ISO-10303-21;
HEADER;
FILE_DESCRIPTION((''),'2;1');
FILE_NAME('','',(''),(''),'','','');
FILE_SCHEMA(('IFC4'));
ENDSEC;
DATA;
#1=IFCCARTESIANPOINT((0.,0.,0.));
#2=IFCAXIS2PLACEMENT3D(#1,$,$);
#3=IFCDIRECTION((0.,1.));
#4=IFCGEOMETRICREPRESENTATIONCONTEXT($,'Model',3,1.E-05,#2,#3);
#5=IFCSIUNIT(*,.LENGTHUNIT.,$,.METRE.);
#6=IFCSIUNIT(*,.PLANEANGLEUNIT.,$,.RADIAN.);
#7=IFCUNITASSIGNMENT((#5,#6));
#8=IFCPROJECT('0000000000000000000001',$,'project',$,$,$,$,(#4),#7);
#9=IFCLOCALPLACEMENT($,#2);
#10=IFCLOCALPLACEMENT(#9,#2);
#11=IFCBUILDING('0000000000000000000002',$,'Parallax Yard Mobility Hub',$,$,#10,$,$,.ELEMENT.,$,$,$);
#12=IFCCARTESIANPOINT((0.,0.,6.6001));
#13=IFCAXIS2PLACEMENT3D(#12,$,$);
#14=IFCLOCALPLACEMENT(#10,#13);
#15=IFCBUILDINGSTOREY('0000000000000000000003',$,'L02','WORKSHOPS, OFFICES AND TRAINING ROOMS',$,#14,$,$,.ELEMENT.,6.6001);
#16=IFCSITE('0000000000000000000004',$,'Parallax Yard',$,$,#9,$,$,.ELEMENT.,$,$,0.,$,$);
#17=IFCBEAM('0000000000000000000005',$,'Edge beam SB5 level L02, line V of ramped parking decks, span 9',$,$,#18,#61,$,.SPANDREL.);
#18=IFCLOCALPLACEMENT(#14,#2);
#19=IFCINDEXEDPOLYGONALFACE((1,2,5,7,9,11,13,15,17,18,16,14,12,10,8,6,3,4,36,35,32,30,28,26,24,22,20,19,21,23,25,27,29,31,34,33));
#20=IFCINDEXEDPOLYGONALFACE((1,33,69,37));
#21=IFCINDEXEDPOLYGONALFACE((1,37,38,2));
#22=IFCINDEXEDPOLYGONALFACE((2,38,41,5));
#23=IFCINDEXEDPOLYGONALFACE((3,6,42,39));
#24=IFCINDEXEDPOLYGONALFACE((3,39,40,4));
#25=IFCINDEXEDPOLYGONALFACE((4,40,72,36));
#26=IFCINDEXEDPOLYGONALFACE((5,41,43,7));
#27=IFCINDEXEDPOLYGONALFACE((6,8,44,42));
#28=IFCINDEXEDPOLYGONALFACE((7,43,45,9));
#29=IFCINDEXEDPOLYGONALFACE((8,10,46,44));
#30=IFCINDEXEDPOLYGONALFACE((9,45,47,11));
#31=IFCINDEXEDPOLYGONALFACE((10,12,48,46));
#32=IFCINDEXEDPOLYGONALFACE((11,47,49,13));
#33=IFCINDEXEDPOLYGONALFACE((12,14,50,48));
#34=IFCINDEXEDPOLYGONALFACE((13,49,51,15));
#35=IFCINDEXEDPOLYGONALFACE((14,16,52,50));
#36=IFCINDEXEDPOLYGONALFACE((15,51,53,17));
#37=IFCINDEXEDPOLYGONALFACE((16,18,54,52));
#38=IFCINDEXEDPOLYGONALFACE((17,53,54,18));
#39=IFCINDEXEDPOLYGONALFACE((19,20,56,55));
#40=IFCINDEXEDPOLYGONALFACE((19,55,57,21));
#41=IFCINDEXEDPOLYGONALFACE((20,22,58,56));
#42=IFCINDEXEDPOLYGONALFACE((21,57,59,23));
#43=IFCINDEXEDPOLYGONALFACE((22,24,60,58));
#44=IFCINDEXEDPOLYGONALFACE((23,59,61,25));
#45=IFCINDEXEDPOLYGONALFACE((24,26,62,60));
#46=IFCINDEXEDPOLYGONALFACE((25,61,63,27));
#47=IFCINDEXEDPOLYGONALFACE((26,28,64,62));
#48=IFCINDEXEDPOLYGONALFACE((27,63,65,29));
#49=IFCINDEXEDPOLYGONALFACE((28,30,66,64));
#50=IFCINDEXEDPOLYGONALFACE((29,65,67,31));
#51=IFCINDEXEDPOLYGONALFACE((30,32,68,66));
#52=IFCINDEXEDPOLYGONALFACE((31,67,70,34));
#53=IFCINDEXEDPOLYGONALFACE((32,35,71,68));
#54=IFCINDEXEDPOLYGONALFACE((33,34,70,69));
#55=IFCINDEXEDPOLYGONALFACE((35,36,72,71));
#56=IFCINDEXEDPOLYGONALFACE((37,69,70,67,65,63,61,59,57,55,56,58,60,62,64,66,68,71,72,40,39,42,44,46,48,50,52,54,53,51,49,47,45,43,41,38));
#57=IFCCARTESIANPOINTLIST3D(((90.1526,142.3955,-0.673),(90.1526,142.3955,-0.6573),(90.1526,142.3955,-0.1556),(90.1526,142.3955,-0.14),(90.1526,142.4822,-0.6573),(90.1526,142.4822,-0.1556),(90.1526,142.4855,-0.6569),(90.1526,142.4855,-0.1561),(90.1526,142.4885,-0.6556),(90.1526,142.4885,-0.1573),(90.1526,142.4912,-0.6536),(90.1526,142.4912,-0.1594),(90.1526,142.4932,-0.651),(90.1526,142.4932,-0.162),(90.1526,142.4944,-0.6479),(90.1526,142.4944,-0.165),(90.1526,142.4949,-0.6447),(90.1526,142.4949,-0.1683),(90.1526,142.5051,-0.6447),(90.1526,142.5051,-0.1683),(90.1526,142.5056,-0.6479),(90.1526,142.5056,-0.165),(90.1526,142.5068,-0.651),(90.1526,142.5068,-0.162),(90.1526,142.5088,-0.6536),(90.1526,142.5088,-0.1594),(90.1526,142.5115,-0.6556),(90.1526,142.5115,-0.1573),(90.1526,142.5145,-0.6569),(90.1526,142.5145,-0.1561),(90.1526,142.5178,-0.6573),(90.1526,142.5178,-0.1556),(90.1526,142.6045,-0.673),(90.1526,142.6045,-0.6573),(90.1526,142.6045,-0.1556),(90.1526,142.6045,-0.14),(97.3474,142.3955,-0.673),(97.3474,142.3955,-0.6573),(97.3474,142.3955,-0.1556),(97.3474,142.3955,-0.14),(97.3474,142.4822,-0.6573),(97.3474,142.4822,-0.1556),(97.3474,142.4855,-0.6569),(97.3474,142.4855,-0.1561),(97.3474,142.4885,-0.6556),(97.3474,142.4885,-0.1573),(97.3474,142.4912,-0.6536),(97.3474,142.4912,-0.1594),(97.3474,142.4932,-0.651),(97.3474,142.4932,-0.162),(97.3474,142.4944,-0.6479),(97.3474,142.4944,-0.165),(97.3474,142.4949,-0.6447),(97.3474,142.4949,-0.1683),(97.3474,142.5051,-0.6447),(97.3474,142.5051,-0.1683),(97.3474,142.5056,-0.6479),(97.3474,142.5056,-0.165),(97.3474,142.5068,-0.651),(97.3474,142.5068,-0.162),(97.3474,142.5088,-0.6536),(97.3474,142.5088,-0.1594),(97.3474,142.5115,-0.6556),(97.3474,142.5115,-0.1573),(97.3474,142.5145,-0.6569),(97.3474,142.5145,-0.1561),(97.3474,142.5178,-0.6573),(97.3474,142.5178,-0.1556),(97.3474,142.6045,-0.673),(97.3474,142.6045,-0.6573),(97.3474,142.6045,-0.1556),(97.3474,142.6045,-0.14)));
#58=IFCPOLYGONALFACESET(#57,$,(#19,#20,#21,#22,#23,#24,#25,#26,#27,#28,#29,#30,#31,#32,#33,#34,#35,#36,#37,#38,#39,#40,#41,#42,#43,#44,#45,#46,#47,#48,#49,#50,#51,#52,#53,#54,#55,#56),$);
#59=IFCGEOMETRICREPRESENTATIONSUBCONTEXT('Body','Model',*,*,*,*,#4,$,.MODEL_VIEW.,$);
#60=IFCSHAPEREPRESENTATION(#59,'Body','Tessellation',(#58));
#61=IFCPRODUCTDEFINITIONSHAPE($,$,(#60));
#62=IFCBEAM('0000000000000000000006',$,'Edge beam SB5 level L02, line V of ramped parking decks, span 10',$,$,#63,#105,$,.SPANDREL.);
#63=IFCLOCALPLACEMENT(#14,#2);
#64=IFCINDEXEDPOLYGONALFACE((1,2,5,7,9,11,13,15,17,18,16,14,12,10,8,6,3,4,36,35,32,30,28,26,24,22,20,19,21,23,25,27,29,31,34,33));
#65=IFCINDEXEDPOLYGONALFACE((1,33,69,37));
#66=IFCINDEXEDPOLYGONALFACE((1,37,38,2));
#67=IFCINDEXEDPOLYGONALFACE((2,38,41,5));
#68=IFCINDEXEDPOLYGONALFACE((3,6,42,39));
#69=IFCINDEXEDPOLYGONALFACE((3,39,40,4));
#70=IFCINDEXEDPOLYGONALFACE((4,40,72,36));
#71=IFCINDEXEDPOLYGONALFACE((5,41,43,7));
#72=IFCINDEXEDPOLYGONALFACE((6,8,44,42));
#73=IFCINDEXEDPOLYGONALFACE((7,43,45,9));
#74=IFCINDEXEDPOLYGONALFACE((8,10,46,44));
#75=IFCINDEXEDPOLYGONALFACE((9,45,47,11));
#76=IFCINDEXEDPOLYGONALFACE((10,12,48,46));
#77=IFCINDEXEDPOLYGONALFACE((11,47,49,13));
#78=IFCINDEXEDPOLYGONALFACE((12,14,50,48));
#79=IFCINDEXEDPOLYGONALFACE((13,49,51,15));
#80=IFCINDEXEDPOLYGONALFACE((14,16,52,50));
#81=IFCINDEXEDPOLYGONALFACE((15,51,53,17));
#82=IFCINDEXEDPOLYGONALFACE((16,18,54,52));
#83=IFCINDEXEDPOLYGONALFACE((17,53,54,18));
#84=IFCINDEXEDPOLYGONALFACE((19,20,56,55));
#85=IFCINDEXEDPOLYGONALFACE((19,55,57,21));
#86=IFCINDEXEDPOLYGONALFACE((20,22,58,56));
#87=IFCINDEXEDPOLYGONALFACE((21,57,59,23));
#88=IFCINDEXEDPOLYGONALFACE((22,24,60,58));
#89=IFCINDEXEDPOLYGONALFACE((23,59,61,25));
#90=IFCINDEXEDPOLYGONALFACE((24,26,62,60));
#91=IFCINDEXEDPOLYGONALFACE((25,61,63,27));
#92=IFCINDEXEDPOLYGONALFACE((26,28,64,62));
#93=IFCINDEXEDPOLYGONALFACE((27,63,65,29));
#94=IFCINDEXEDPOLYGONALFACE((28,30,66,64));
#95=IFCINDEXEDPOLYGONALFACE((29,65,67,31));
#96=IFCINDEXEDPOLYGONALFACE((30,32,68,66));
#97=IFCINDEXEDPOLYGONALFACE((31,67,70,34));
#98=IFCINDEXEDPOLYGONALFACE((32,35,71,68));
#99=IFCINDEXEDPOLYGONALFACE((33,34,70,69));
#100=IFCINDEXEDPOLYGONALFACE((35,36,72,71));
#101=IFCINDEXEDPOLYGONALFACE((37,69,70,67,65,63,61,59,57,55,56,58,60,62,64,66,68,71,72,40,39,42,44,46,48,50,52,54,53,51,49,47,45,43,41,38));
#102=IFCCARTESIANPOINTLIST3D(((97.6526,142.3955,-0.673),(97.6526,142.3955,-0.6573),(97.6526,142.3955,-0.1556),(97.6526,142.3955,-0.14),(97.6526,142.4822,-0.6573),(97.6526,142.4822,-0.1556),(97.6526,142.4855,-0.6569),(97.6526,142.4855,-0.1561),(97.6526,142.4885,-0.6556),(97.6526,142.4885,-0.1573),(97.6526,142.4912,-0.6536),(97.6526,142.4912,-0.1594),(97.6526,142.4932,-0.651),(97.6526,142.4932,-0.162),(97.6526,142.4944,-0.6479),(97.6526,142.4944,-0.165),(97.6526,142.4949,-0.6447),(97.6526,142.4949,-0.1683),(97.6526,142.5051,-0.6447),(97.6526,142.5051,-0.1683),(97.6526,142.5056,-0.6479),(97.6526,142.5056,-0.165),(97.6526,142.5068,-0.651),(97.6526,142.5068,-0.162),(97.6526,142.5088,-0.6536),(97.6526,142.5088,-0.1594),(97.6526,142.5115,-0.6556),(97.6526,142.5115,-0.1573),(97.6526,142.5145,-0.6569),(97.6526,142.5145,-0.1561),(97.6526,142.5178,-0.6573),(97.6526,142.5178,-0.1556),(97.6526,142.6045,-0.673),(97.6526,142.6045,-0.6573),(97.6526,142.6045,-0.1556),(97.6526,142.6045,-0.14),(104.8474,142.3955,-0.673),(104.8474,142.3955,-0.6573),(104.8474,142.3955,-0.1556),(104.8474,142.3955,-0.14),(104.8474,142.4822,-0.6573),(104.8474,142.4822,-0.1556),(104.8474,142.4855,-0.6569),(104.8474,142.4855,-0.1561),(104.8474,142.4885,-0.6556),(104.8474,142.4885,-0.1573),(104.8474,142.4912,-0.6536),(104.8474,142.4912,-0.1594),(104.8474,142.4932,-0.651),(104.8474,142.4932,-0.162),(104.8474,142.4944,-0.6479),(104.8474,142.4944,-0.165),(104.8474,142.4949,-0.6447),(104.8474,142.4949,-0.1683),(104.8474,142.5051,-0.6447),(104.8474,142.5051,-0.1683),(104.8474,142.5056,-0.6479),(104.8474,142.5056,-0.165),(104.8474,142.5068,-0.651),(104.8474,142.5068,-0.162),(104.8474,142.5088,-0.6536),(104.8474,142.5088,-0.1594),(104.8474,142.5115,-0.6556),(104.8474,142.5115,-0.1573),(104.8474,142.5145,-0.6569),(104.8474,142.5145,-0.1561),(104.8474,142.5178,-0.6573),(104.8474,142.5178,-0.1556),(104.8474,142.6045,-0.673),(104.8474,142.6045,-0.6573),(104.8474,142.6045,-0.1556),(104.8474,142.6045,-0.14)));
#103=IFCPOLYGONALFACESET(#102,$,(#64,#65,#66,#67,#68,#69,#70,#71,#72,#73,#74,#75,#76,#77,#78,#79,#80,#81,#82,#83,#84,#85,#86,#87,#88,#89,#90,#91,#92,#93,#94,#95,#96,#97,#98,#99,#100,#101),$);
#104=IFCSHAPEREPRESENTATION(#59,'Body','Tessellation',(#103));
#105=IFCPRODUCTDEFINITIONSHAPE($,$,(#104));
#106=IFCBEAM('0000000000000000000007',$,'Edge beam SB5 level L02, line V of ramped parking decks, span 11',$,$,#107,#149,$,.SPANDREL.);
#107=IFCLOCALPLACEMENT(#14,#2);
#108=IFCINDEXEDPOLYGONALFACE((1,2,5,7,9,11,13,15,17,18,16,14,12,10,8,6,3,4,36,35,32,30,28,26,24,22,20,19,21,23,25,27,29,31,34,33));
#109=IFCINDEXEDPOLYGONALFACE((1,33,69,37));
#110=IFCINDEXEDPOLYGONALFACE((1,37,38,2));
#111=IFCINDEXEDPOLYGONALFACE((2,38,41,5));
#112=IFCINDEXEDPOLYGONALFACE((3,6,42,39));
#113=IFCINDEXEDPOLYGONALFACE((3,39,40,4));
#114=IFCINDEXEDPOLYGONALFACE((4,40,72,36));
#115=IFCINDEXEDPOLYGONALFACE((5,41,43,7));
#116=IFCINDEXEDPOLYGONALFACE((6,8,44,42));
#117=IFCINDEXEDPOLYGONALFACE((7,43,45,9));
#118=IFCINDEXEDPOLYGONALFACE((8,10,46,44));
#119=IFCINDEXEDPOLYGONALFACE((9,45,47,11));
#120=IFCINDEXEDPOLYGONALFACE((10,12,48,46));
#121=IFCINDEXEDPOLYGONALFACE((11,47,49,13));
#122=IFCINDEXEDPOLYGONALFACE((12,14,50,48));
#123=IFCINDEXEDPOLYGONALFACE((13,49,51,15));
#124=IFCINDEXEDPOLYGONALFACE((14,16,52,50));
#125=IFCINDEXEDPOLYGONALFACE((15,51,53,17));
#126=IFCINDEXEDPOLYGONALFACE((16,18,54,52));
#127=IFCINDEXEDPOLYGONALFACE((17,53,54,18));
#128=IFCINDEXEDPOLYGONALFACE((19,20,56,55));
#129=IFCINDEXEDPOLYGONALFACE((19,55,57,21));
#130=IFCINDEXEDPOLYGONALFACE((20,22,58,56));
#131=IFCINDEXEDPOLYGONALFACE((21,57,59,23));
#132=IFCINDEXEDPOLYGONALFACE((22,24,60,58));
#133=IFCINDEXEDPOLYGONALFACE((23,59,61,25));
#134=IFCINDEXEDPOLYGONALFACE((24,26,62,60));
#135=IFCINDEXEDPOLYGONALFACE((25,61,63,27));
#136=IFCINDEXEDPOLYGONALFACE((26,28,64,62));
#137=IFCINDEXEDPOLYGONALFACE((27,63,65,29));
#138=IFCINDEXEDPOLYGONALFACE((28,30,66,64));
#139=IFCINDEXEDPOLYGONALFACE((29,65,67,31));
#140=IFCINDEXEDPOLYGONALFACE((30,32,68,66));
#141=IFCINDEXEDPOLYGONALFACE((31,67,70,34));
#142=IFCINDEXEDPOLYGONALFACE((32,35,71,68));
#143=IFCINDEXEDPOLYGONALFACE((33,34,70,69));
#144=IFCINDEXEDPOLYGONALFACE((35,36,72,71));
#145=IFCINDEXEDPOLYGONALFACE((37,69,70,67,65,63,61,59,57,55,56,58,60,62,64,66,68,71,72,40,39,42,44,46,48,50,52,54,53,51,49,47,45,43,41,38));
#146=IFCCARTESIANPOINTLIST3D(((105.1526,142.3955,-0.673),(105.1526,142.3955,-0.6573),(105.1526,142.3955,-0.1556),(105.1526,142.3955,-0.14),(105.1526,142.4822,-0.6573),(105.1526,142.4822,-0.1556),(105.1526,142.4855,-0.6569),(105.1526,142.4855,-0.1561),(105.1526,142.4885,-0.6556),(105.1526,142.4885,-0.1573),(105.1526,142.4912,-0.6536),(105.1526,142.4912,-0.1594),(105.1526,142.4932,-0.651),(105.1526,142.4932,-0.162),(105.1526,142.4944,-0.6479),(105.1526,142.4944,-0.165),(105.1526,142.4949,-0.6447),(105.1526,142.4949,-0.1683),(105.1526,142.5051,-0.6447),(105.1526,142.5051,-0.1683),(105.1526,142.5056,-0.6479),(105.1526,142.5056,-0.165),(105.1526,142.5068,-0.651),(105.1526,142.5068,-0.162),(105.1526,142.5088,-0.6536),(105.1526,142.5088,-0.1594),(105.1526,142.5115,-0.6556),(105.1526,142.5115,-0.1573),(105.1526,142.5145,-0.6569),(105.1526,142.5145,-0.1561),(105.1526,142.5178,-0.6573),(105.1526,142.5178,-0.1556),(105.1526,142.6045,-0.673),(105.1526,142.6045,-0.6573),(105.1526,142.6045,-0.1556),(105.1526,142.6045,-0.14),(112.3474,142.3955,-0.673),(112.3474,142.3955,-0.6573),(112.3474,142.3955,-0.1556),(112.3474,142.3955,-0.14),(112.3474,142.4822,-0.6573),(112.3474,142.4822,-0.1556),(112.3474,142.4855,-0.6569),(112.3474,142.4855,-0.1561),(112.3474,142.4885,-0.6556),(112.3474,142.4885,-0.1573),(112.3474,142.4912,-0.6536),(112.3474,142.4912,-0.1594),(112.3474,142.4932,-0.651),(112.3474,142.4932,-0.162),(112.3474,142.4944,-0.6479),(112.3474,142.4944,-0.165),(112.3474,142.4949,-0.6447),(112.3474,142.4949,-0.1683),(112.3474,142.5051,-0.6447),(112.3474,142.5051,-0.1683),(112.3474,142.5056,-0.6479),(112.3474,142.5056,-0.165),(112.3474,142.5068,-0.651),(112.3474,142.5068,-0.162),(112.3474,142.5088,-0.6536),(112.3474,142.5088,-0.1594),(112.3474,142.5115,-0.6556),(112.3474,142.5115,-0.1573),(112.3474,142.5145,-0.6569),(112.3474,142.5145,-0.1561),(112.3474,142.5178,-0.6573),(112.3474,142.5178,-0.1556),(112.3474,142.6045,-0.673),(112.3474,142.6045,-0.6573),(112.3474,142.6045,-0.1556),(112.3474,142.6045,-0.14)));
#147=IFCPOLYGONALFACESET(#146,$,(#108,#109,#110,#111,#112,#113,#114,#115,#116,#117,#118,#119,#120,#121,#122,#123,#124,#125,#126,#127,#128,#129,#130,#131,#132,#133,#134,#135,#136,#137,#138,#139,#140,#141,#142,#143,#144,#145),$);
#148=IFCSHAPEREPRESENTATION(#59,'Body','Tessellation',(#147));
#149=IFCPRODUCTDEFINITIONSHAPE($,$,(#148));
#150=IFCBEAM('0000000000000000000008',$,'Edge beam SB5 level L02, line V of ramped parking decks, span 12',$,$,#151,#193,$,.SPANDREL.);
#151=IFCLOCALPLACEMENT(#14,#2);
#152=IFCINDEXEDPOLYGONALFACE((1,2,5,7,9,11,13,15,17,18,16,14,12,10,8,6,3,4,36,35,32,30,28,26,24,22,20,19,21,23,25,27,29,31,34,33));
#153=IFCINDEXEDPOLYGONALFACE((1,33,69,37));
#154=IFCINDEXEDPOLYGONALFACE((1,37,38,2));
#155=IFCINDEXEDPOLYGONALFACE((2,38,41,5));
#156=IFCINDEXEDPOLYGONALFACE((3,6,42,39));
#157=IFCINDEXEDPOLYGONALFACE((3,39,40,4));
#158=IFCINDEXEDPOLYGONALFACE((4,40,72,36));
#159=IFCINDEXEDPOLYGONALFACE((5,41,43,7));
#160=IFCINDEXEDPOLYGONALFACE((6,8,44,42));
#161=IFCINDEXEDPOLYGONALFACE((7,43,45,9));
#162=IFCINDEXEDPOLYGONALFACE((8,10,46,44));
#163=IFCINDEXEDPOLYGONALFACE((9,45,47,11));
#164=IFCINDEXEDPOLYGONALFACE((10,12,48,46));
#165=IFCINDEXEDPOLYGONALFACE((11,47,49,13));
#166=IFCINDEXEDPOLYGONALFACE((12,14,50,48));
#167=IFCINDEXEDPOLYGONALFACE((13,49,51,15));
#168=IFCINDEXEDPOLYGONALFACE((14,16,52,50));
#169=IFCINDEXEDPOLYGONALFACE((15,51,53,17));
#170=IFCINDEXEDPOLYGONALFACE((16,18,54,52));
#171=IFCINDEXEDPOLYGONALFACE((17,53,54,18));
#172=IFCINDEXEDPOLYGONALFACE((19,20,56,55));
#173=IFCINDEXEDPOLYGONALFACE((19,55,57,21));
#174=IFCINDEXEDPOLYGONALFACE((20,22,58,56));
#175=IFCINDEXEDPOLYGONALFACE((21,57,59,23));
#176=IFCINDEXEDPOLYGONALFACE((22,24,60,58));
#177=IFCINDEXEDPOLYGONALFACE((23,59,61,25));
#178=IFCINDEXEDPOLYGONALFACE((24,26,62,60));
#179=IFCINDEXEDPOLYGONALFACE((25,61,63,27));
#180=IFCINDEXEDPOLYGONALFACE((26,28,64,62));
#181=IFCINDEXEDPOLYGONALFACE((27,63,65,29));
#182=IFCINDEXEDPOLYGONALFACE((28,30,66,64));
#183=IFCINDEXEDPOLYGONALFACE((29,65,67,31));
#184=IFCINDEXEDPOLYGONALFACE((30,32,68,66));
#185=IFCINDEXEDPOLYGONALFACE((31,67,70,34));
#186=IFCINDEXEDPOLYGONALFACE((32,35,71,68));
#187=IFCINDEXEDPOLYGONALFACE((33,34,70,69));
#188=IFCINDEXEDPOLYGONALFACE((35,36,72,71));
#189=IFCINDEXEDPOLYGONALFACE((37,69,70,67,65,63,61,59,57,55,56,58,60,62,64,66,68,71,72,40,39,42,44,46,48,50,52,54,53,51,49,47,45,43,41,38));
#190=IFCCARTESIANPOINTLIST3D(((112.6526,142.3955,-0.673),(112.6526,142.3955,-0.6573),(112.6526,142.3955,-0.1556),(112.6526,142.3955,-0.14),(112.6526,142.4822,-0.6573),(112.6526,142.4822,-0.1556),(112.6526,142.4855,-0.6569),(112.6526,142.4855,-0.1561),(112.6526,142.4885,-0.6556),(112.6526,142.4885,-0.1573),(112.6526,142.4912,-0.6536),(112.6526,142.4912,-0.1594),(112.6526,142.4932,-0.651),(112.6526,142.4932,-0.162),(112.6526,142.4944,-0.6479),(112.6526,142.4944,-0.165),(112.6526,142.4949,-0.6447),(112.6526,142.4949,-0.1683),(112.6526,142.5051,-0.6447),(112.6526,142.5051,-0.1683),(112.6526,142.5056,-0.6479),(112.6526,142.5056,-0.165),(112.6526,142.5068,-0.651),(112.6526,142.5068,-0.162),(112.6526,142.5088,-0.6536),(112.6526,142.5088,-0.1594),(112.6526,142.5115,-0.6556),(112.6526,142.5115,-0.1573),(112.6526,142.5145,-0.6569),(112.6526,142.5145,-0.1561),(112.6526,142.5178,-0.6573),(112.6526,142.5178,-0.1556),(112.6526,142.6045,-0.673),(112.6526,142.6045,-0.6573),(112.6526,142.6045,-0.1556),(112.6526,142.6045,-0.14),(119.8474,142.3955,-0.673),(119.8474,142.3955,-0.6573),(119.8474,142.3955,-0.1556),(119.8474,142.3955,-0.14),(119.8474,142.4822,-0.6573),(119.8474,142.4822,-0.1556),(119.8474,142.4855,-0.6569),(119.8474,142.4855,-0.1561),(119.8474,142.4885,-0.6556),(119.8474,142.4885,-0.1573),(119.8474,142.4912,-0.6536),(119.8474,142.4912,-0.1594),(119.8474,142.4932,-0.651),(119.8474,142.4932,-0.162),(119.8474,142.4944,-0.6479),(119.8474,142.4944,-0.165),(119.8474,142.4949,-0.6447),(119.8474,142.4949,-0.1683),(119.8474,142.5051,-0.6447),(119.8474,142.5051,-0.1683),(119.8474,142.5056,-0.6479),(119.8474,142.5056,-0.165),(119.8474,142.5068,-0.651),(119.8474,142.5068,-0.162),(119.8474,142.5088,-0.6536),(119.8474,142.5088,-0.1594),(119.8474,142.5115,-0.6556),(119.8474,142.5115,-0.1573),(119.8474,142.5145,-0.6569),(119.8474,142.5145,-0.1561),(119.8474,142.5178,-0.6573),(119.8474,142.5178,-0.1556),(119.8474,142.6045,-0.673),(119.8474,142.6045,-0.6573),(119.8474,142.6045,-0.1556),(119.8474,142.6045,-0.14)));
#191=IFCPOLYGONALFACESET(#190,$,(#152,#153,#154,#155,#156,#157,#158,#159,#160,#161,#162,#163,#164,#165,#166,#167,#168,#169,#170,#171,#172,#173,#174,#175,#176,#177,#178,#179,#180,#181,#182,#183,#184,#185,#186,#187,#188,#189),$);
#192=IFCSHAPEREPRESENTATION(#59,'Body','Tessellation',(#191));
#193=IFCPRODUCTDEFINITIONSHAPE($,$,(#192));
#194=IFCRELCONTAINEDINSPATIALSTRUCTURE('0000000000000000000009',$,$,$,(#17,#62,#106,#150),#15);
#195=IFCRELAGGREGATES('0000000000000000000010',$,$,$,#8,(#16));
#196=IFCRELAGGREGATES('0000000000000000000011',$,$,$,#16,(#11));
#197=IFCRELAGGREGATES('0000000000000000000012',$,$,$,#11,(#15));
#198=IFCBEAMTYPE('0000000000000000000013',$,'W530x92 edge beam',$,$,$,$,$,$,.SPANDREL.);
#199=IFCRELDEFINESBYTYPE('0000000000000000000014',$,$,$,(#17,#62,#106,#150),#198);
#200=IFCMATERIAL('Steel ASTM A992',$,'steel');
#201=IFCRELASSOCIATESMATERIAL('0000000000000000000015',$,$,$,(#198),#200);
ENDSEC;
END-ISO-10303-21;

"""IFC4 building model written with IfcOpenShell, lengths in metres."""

from ifc_helpers import new_model, si_unit, direction, frame, origin, origin_2d, place, context, subcontext, project, spatial, i_section, extrude, material, material_profile, profile_set, type_object, element, save


model = new_model("IFC4")

# Units and contexts
model_context = context("Model", 3, precision=1e-05, world=origin(), true_north=direction((0.0, 1.0)))
body_context = subcontext(model_context, "Body", "Model", "MODEL_VIEW")
ifc_project = project(units=[si_unit("LENGTHUNIT", "METRE"), si_unit("PLANEANGLEUNIT", "RADIAN")], contexts=[model_context])

# Site, building, storey
site_placement = place(None, origin())
site = spatial("IfcSite", under=ifc_project, at=site_placement, Name="Parallax Yard", CompositionType="ELEMENT", RefElevation=0.0)
building_placement = place(site_placement, origin())
building = spatial("IfcBuilding", under=site, at=building_placement, Name="Parallax Yard Mobility Hub", CompositionType="ELEMENT")
storey_placement = place(building_placement, frame((0.0, 0.0, 6.6001)))
storey = spatial("IfcBuildingStorey", under=building, at=storey_placement, Name="L02", Description="WORKSHOPS, OFFICES AND TRAINING ROOMS", CompositionType="ELEMENT", Elevation=6.6001)

# Shared definitions
ifc_material_1 = material(Name="Steel ASTM A992", Category="steel")

# Beams
ifc_material_profile_1 = material_profile(ifc_material_1, i_section(OverallWidth=0.209, OverallDepth=0.533, WebThickness=0.0103, FlangeThickness=0.0156, FilletRadius=0.0127, at=origin_2d()), Name="W530x92")
ifc_profile_set_1 = profile_set([ifc_material_profile_1], Name="Steel ASTM A992")
beam_type_1 = type_object("IfcBeamType", Name="W530x92 edge beam", PredefinedType="SPANDREL", material=ifc_profile_set_1)
for number, where, z_axis, x_axis, name in (
    (1, (90.1526, 142.5, -0.4065), (1.0, 0.0, 0.0), (0.0, 1.0, 0.0), "Edge beam SB5 level L02, line V of ramped parking decks, span 9"),
    (2, (97.6526, 142.5, -0.4065), (1.0, 0.0, 0.0), (0.0, 1.0, 0.0), "Edge beam SB5 level L02, line V of ramped parking decks, span 10"),
    (3, (105.1526, 142.5, -0.4065), (1.0, 0.0, 0.0), (0.0, 1.0, 0.0), "Edge beam SB5 level L02, line V of ramped parking decks, span 11"),
    (4, (112.6526, 142.5, -0.4065), (1.0, 0.0, 0.0), (0.0, 1.0, 0.0), "Edge beam SB5 level L02, line V of ramped parking decks, span 12"),
):
    element("IfcBeam", number, at=place(storey_placement, frame(where, z_axis=z_axis, x_axis=x_axis)), inside=storey, type_object=beam_type_1, Name=name, PredefinedType="SPANDREL", context=body_context, shape_type="SweptSolid", body=[
        extrude(i_section(OverallWidth=0.209, OverallDepth=0.533, WebThickness=0.0103, FlangeThickness=0.0156, FilletRadius=0.0127, at=origin_2d()), origin(), (0.0, 0.0, 1.0), 7.1948),
    ])

save(model, "model.ifc")
